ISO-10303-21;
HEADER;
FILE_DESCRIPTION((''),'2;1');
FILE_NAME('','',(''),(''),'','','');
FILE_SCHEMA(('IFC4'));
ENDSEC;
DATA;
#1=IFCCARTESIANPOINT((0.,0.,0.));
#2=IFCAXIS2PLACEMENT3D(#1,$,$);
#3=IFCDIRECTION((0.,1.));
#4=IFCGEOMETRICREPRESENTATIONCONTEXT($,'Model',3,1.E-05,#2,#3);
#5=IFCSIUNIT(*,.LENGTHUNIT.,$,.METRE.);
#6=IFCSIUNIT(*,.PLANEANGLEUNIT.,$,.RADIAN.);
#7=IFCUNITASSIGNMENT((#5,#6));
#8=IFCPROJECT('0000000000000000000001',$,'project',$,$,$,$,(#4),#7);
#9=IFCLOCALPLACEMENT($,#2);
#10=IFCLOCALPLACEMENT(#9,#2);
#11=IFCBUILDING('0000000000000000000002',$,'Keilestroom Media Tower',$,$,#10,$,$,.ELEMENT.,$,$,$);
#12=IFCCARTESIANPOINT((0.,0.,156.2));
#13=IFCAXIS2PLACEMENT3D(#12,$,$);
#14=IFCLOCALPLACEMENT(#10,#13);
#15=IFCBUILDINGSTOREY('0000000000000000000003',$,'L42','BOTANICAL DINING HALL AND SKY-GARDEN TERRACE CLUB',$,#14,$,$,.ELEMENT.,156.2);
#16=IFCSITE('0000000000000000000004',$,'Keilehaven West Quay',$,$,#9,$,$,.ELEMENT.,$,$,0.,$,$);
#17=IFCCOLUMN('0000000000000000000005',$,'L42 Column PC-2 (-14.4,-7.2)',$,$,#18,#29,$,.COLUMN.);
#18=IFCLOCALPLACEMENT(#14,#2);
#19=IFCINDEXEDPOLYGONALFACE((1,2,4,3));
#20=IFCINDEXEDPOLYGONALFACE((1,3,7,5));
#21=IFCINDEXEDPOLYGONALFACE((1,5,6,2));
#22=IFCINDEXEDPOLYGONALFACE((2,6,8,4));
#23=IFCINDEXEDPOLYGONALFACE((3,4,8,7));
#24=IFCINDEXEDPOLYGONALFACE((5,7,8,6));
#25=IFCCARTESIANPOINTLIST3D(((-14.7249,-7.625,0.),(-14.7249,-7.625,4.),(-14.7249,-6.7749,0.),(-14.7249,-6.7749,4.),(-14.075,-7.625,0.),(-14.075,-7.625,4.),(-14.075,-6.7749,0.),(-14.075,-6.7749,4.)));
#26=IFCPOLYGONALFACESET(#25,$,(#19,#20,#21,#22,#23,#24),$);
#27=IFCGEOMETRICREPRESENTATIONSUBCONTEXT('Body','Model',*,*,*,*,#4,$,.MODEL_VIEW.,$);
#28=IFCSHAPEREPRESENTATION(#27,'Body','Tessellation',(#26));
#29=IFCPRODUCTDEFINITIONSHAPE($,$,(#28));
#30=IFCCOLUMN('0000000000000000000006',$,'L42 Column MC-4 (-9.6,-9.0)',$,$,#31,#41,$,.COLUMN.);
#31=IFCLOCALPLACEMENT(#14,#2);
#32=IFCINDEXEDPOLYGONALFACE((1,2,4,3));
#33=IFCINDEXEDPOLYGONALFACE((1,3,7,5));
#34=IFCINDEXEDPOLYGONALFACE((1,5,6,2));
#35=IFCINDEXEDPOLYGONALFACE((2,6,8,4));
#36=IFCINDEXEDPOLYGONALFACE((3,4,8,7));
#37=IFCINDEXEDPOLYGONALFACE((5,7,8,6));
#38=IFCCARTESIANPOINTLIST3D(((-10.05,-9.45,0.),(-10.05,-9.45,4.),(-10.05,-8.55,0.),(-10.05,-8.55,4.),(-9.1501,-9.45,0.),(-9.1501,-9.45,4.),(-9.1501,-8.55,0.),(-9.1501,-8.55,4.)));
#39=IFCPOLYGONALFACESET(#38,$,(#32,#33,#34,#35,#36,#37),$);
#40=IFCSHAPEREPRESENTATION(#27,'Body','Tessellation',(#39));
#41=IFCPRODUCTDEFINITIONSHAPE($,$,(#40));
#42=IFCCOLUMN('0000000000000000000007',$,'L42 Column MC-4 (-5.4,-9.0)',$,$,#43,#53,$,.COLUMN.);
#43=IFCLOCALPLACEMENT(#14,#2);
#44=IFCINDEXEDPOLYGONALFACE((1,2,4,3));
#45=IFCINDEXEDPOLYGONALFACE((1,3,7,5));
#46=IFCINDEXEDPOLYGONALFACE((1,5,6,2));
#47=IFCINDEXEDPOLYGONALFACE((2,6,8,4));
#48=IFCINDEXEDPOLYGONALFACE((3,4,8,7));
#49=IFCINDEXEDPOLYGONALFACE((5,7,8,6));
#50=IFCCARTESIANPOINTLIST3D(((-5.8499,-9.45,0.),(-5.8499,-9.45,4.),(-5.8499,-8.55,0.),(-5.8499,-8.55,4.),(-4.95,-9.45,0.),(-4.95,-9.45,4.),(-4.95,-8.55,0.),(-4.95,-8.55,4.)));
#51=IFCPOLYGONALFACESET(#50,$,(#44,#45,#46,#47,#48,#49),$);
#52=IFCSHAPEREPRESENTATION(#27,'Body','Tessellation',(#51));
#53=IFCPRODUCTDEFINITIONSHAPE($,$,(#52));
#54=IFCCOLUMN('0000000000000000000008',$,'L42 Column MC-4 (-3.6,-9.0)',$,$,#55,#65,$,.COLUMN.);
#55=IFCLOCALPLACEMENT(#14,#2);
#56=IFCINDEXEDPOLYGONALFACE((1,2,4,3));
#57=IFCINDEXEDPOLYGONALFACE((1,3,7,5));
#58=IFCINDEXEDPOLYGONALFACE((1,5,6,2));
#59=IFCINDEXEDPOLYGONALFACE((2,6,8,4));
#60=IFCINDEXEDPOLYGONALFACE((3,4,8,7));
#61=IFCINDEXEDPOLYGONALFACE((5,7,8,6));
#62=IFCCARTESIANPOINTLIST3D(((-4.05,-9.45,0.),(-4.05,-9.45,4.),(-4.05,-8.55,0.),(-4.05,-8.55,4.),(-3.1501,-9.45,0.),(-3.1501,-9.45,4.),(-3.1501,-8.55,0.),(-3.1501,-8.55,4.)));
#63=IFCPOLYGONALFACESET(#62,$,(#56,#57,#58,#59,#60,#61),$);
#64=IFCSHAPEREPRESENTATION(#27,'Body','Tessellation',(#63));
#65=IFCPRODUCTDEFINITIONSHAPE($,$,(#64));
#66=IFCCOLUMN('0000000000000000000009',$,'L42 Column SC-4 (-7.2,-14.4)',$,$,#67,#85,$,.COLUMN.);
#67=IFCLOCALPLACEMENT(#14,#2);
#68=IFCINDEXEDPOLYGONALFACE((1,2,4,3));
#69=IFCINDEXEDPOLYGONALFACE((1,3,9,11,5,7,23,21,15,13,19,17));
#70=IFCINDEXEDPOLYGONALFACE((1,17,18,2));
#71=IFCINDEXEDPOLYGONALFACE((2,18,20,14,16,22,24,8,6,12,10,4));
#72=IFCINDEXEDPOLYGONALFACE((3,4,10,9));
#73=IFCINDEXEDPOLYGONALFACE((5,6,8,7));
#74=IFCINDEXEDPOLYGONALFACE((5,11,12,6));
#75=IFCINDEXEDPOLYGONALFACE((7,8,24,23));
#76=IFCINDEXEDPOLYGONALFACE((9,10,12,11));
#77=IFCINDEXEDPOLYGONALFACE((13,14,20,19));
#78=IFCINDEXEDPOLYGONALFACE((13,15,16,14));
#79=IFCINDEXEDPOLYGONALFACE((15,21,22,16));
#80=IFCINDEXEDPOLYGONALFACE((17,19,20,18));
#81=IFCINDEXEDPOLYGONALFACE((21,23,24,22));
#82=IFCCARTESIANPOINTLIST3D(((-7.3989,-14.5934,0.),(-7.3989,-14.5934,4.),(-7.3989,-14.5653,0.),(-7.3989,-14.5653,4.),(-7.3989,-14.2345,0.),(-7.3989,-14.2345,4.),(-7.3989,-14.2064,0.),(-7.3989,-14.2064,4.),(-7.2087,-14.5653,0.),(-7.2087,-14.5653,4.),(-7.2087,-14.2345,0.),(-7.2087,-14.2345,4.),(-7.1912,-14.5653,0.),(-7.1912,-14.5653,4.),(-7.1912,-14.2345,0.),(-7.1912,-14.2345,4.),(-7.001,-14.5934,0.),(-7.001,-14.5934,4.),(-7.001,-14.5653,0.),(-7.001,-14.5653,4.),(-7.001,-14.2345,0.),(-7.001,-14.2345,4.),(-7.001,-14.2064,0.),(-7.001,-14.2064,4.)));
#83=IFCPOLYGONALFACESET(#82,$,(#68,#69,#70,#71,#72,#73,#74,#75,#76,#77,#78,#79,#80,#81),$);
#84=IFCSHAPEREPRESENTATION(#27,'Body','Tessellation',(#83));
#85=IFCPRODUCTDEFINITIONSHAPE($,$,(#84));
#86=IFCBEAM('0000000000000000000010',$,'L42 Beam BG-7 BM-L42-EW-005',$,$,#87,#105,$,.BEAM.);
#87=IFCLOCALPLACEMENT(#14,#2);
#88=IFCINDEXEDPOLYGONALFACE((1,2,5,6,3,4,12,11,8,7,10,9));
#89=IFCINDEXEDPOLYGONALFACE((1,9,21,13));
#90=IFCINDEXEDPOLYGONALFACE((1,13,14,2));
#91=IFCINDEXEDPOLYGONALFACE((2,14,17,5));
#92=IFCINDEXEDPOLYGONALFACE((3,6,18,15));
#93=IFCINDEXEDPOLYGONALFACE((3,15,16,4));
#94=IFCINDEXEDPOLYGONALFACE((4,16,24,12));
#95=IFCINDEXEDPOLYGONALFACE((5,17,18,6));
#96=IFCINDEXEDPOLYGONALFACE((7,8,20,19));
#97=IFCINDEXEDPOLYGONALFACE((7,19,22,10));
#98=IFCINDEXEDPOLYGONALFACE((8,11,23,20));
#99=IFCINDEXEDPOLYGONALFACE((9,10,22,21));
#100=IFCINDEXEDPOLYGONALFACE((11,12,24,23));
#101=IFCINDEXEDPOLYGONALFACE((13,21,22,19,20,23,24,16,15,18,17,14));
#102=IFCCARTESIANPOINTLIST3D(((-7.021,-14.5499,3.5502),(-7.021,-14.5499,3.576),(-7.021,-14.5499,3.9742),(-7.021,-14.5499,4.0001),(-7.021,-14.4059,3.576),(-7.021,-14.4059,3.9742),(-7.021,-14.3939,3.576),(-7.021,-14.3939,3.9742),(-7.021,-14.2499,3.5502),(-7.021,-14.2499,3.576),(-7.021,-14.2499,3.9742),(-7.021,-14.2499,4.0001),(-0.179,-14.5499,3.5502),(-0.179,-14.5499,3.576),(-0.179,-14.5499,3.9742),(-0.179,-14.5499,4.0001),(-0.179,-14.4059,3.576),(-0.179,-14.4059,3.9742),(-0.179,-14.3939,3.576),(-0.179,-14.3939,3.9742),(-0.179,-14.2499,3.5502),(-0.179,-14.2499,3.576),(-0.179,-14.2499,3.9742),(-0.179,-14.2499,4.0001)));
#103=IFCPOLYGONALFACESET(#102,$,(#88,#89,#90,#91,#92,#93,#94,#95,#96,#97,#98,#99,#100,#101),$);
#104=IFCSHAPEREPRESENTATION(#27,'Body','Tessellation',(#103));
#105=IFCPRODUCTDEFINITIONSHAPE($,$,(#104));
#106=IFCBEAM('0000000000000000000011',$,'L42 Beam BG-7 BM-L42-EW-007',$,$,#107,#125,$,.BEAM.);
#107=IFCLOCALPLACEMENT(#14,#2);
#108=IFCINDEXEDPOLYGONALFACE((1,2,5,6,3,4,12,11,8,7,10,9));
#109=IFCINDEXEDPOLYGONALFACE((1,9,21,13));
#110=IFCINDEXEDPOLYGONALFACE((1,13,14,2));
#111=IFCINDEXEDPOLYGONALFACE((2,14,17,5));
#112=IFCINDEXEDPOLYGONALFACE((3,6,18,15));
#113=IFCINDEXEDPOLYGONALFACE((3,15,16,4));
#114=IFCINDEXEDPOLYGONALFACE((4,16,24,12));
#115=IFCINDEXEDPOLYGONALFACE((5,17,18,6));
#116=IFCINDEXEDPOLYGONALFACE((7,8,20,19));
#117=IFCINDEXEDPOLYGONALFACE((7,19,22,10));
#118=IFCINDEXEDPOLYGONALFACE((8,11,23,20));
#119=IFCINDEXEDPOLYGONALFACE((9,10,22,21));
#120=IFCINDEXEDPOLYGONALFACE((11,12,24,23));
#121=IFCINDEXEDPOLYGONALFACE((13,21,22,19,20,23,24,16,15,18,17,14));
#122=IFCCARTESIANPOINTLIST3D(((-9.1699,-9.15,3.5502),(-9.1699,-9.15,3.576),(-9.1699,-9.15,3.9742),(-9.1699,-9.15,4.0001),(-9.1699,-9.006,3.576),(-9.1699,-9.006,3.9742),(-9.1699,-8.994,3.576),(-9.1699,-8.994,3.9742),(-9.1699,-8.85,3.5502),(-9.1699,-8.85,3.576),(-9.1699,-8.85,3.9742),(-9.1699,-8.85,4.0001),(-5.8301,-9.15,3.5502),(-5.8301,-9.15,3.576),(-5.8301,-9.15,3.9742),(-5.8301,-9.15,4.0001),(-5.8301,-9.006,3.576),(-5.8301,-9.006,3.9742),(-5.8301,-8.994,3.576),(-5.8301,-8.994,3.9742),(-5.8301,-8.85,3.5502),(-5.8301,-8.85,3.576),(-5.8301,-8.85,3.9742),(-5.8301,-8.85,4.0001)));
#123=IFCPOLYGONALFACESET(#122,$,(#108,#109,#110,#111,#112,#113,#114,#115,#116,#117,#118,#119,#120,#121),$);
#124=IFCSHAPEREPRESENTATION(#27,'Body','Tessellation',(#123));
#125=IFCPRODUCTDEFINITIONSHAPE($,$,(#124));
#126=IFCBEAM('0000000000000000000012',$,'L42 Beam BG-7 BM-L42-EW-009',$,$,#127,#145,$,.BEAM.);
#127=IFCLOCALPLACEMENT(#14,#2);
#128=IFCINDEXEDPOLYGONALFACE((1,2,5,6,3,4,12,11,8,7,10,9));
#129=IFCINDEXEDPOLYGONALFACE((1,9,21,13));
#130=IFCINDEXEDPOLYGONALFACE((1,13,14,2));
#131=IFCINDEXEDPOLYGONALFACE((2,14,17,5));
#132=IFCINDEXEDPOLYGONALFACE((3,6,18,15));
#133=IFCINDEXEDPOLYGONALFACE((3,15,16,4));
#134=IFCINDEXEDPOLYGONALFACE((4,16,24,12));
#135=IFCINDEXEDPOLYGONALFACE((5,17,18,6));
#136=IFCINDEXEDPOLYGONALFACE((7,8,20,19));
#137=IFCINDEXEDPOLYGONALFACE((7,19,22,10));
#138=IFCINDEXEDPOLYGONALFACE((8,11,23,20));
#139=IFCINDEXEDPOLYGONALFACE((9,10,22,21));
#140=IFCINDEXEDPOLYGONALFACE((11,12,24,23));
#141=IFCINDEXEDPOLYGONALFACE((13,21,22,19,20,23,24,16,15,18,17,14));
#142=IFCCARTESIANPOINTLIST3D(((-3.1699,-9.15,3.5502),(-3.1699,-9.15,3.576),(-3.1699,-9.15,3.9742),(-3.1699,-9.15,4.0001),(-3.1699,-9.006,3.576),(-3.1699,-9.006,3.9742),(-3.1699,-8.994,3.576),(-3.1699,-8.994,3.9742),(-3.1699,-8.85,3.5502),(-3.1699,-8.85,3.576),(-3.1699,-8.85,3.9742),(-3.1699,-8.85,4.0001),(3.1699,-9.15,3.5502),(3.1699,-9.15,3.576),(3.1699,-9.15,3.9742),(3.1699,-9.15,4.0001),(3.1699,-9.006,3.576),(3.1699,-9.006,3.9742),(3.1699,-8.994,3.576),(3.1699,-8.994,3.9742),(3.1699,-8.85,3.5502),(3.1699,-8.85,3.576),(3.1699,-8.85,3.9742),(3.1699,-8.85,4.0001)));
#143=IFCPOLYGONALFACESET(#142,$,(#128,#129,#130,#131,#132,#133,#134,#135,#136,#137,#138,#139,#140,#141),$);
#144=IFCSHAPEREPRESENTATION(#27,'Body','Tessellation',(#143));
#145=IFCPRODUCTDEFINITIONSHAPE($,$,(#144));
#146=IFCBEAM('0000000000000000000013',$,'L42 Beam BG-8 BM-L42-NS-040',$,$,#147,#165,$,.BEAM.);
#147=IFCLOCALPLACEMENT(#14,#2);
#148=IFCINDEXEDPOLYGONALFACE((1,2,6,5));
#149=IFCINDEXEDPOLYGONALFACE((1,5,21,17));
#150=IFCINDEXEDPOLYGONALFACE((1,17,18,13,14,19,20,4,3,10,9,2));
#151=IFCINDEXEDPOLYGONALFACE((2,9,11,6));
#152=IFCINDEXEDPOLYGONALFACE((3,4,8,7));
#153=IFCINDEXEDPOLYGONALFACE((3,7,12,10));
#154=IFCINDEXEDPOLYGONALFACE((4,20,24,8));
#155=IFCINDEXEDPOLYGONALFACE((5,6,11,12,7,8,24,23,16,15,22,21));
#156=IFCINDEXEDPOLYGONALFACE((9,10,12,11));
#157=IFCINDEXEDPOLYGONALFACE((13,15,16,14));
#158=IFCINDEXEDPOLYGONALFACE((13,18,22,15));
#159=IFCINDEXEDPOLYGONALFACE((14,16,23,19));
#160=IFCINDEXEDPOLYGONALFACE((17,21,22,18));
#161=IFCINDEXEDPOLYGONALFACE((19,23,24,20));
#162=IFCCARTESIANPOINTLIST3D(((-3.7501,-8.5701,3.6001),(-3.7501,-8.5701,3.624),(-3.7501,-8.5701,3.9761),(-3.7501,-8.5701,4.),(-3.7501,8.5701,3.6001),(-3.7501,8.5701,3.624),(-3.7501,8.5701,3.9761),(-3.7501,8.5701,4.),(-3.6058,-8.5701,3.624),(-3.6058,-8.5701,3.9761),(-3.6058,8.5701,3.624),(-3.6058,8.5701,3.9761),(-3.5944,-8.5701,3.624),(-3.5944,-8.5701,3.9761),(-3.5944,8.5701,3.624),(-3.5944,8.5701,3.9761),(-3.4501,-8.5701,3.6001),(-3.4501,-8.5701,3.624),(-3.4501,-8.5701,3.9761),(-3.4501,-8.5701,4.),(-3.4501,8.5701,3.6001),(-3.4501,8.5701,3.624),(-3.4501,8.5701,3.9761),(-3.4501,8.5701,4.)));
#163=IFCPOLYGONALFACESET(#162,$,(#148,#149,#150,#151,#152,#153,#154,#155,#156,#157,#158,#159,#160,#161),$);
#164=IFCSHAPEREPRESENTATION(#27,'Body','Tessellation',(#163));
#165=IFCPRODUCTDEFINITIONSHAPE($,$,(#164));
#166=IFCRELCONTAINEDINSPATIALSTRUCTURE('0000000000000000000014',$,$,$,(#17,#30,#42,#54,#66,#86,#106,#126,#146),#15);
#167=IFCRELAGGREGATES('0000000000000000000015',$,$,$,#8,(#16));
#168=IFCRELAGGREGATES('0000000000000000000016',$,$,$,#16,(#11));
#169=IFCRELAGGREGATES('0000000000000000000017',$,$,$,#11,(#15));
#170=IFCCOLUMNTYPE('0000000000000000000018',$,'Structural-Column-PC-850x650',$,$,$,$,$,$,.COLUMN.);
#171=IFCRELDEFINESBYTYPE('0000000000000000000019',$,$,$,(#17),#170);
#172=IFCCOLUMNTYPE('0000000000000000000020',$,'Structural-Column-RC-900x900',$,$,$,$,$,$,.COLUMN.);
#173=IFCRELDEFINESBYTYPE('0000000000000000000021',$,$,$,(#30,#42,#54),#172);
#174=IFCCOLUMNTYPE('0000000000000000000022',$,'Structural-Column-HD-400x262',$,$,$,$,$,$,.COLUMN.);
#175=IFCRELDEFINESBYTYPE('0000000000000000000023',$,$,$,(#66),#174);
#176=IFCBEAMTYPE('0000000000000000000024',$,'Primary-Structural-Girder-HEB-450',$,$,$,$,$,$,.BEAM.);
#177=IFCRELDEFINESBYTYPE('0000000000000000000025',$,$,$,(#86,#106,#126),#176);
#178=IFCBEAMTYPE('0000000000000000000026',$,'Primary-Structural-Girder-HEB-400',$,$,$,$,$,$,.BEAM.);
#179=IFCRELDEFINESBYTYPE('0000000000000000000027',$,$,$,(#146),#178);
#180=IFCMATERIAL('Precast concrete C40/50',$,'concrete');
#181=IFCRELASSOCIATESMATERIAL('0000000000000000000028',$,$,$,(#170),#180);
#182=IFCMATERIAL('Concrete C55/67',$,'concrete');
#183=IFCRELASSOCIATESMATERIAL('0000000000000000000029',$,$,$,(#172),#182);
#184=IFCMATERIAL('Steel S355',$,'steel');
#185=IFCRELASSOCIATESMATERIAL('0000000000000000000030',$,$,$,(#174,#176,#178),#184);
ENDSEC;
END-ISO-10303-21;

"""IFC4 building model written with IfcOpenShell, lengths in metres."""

from ifc_helpers import new_model, si_unit, direction, frame, origin, origin_2d, place, context, subcontext, project, spatial, rectangle, i_section, extrude, source, transform, mapped, material, material_profile, profile_set, type_object, element, save


model = new_model("IFC4")

# Units and contexts
model_context = context("Model", 3, precision=1e-05, world=origin(), true_north=direction((0.0, 1.0)))
body_context = subcontext(model_context, "Body", "Model", "MODEL_VIEW")
ifc_project = project(units=[si_unit("LENGTHUNIT", "METRE"), si_unit("PLANEANGLEUNIT", "RADIAN")], contexts=[model_context])

# Site, building, storey
site_placement = place(None, origin())
site = spatial("IfcSite", under=ifc_project, at=site_placement, Name="Keilehaven West Quay", CompositionType="ELEMENT", RefElevation=0.0)
building_placement = place(site_placement, origin())
building = spatial("IfcBuilding", under=site, at=building_placement, Name="Keilestroom Media Tower", CompositionType="ELEMENT")
storey_placement = place(building_placement, frame((0.0, 0.0, 156.2)))
storey = spatial("IfcBuildingStorey", under=building, at=storey_placement, Name="L42", Description="BOTANICAL DINING HALL AND SKY-GARDEN TERRACE CLUB", CompositionType="ELEMENT", Elevation=156.2)

# Columns
ifc_material_1 = material(Name="Precast concrete C40/50", Category="concrete")
ifc_material_profile_1 = material_profile(ifc_material_1, rectangle(XDim=0.6499, YDim=0.8501, at=origin_2d()), Name="PC 850x650")
ifc_profile_set_1 = profile_set([ifc_material_profile_1], Name="Precast concrete C40/50")
column_type_1 = type_object("IfcColumnType", Name="Structural-Column-PC-850x650", PredefinedType="COLUMN", material=ifc_profile_set_1)
shared_shape_1 = source(origin(), body_context, "Body", "SweptSolid", [
    extrude(rectangle(XDim=0.6499, YDim=0.8501, at=origin_2d()), origin(), (0.0, 0.0, 1.0), 4.0),
])
column_1_placement = place(storey_placement, frame((-14.3999, -7.2, 0.0), z_axis=(0.0, 0.0, 1.0), x_axis=(1.0, 0.0, 0.0)))
element("IfcColumn", 1, at=column_1_placement, inside=storey, type_object=column_type_1, Name="L42 Column PC-2 (-14.4,-7.2)", PredefinedType="COLUMN", context=body_context, shape_type="MappedRepresentation", body=[
    mapped(shared_shape_1, transform((0.0, 0.0, 0.0), x_axis=(1.0, 0.0, 0.0), y_axis=(0.0, 1.0, 0.0), z_axis=(0.0, 0.0, 1.0), scale=1.0)),
])
ifc_material_2 = material(Name="Concrete C55/67", Category="concrete")
ifc_material_profile_2 = material_profile(ifc_material_2, rectangle(XDim=0.8999, YDim=0.8999, at=origin_2d()), Name="RC 900x900")
ifc_profile_set_2 = profile_set([ifc_material_profile_2], Name="Concrete C55/67")
column_type_2 = type_object("IfcColumnType", Name="Structural-Column-RC-900x900", PredefinedType="COLUMN", material=ifc_profile_set_2)
shared_shape_2 = source(origin(), body_context, "Body", "SweptSolid", [
    extrude(rectangle(XDim=0.8999, YDim=0.8999, at=origin_2d()), origin(), (0.0, 0.0, 1.0), 4.0),
])
for number, where, z_axis, x_axis, name in (
    (2, (-9.6001, -9.0, 0.0), (0.0, 0.0, 1.0), (1.0, 0.0, 0.0), "L42 Column MC-4 (-9.6,-9.0)"),
    (3, (-5.3999, -9.0, 0.0), (0.0, 0.0, 1.0), (1.0, 0.0, 0.0), "L42 Column MC-4 (-5.4,-9.0)"),
    (4, (-3.6001, -9.0, 0.0), (0.0, 0.0, 1.0), (1.0, 0.0, 0.0), "L42 Column MC-4 (-3.6,-9.0)"),
):
    element("IfcColumn", number, at=place(storey_placement, frame(where, z_axis=z_axis, x_axis=x_axis)), inside=storey, type_object=column_type_2, Name=name, PredefinedType="COLUMN", context=body_context, shape_type="MappedRepresentation", body=[
        mapped(shared_shape_2, transform((0.0, 0.0, 0.0), x_axis=(1.0, 0.0, 0.0), y_axis=(0.0, 1.0, 0.0), z_axis=(0.0, 0.0, 1.0), scale=1.0)),
    ])
ifc_material_3 = material(Name="Steel S355", Category="steel")
ifc_material_profile_3 = material_profile(ifc_material_3, i_section(OverallWidth=0.3979, OverallDepth=0.387, WebThickness=0.0176, FlangeThickness=0.0281, at=origin_2d()), Name="HD 400x262")
ifc_profile_set_3 = profile_set([ifc_material_profile_3], Name="Steel S355")
column_type_3 = type_object("IfcColumnType", Name="Structural-Column-HD-400x262", PredefinedType="COLUMN", material=ifc_profile_set_3)
shared_shape_3 = source(origin(), body_context, "Body", "SweptSolid", [
    extrude(i_section(OverallWidth=0.3979, OverallDepth=0.387, WebThickness=0.0176, FlangeThickness=0.0281, at=origin_2d()), origin(), (0.0, 0.0, 1.0), 4.0),
])
column_2_placement = place(storey_placement, frame((-7.2, -14.3999, 0.0), z_axis=(0.0, 0.0, 1.0), x_axis=(1.0, 0.0, 0.0)))
element("IfcColumn", 5, at=column_2_placement, inside=storey, type_object=column_type_3, Name="L42 Column SC-4 (-7.2,-14.4)", PredefinedType="COLUMN", context=body_context, shape_type="MappedRepresentation", body=[
    mapped(shared_shape_3, transform((0.0, 0.0, 0.0), x_axis=(1.0, 0.0, 0.0), y_axis=(0.0, 1.0, 0.0), z_axis=(0.0, 0.0, 1.0), scale=1.0)),
])

# Beams
ifc_material_profile_4 = material_profile(ifc_material_3, i_section(OverallWidth=0.3, OverallDepth=0.45, WebThickness=0.012, FlangeThickness=0.0259, at=origin_2d()), Name="HEB 450")
ifc_profile_set_4 = profile_set([ifc_material_profile_4], Name="Steel S355")
beam_type_1 = type_object("IfcBeamType", Name="Primary-Structural-Girder-HEB-450", PredefinedType="BEAM", material=ifc_profile_set_4)
shared_shape_4 = source(origin(), body_context, "Body", "SweptSolid", [
    extrude(i_section(OverallWidth=0.3, OverallDepth=0.45, WebThickness=0.012, FlangeThickness=0.0259, at=origin_2d()), origin(), (0.0, 0.0, 1.0), 6.842),
])
beam_1_placement = place(storey_placement, frame((-7.021, -14.3999, 3.7751), z_axis=(1.0, 0.0, 0.0), x_axis=(0.0, 1.0, 0.0)))
element("IfcBeam", 6, at=beam_1_placement, inside=storey, type_object=beam_type_1, Name="L42 Beam BG-7 BM-L42-EW-005", PredefinedType="BEAM", context=body_context, shape_type="MappedRepresentation", body=[
    mapped(shared_shape_4, transform((0.0, 0.0, 0.0), x_axis=(1.0, 0.0, 0.0), y_axis=(0.0, 1.0, 0.0), z_axis=(0.0, 0.0, 1.0), scale=1.0)),
])
shared_shape_5 = source(origin(), body_context, "Body", "SweptSolid", [
    extrude(i_section(OverallWidth=0.3, OverallDepth=0.45, WebThickness=0.012, FlangeThickness=0.0259, at=origin_2d()), origin(), (0.0, 0.0, 1.0), 3.3398),
])
beam_2_placement = place(storey_placement, frame((-9.1699, -9.0, 3.7751), z_axis=(1.0, 0.0, 0.0), x_axis=(0.0, 1.0, 0.0)))
element("IfcBeam", 7, at=beam_2_placement, inside=storey, type_object=beam_type_1, Name="L42 Beam BG-7 BM-L42-EW-007", PredefinedType="BEAM", context=body_context, shape_type="MappedRepresentation", body=[
    mapped(shared_shape_5, transform((0.0, 0.0, 0.0), x_axis=(1.0, 0.0, 0.0), y_axis=(0.0, 1.0, 0.0), z_axis=(0.0, 0.0, 1.0), scale=1.0)),
])
shared_shape_6 = source(origin(), body_context, "Body", "SweptSolid", [
    extrude(i_section(OverallWidth=0.3, OverallDepth=0.45, WebThickness=0.012, FlangeThickness=0.0259, at=origin_2d()), origin(), (0.0, 0.0, 1.0), 6.3398),
])
beam_3_placement = place(storey_placement, frame((-3.1699, -9.0, 3.7751), z_axis=(1.0, 0.0, 0.0), x_axis=(0.0, 1.0, 0.0)))
element("IfcBeam", 8, at=beam_3_placement, inside=storey, type_object=beam_type_1, Name="L42 Beam BG-7 BM-L42-EW-009", PredefinedType="BEAM", context=body_context, shape_type="MappedRepresentation", body=[
    mapped(shared_shape_6, transform((0.0, 0.0, 0.0), x_axis=(1.0, 0.0, 0.0), y_axis=(0.0, 1.0, 0.0), z_axis=(0.0, 0.0, 1.0), scale=1.0)),
])
ifc_material_profile_5 = material_profile(ifc_material_3, i_section(OverallWidth=0.3, OverallDepth=0.3999, WebThickness=0.0115, FlangeThickness=0.0239, at=origin_2d()), Name="HEB 400")
ifc_profile_set_5 = profile_set([ifc_material_profile_5], Name="Steel S355")
beam_type_2 = type_object("IfcBeamType", Name="Primary-Structural-Girder-HEB-400", PredefinedType="BEAM", material=ifc_profile_set_5)
shared_shape_7 = source(origin(), body_context, "Body", "SweptSolid", [
    extrude(i_section(OverallWidth=0.3, OverallDepth=0.3999, WebThickness=0.0115, FlangeThickness=0.0239, at=origin_2d()), origin(), (0.0, 0.0, 1.0), 17.1401),
])
beam_4_placement = place(storey_placement, frame((-3.6001, -8.5701, 3.8), z_axis=(0.0, 1.0, 0.0), x_axis=(-1.0, 0.0, 0.0)))
element("IfcBeam", 9, at=beam_4_placement, inside=storey, type_object=beam_type_2, Name="L42 Beam BG-8 BM-L42-NS-040", PredefinedType="BEAM", context=body_context, shape_type="MappedRepresentation", body=[
    mapped(shared_shape_7, transform((0.0, 0.0, 0.0), x_axis=(1.0, 0.0, 0.0), y_axis=(0.0, 1.0, 0.0), z_axis=(0.0, 0.0, 1.0), scale=1.0)),
])

save(model, "model.ifc")
